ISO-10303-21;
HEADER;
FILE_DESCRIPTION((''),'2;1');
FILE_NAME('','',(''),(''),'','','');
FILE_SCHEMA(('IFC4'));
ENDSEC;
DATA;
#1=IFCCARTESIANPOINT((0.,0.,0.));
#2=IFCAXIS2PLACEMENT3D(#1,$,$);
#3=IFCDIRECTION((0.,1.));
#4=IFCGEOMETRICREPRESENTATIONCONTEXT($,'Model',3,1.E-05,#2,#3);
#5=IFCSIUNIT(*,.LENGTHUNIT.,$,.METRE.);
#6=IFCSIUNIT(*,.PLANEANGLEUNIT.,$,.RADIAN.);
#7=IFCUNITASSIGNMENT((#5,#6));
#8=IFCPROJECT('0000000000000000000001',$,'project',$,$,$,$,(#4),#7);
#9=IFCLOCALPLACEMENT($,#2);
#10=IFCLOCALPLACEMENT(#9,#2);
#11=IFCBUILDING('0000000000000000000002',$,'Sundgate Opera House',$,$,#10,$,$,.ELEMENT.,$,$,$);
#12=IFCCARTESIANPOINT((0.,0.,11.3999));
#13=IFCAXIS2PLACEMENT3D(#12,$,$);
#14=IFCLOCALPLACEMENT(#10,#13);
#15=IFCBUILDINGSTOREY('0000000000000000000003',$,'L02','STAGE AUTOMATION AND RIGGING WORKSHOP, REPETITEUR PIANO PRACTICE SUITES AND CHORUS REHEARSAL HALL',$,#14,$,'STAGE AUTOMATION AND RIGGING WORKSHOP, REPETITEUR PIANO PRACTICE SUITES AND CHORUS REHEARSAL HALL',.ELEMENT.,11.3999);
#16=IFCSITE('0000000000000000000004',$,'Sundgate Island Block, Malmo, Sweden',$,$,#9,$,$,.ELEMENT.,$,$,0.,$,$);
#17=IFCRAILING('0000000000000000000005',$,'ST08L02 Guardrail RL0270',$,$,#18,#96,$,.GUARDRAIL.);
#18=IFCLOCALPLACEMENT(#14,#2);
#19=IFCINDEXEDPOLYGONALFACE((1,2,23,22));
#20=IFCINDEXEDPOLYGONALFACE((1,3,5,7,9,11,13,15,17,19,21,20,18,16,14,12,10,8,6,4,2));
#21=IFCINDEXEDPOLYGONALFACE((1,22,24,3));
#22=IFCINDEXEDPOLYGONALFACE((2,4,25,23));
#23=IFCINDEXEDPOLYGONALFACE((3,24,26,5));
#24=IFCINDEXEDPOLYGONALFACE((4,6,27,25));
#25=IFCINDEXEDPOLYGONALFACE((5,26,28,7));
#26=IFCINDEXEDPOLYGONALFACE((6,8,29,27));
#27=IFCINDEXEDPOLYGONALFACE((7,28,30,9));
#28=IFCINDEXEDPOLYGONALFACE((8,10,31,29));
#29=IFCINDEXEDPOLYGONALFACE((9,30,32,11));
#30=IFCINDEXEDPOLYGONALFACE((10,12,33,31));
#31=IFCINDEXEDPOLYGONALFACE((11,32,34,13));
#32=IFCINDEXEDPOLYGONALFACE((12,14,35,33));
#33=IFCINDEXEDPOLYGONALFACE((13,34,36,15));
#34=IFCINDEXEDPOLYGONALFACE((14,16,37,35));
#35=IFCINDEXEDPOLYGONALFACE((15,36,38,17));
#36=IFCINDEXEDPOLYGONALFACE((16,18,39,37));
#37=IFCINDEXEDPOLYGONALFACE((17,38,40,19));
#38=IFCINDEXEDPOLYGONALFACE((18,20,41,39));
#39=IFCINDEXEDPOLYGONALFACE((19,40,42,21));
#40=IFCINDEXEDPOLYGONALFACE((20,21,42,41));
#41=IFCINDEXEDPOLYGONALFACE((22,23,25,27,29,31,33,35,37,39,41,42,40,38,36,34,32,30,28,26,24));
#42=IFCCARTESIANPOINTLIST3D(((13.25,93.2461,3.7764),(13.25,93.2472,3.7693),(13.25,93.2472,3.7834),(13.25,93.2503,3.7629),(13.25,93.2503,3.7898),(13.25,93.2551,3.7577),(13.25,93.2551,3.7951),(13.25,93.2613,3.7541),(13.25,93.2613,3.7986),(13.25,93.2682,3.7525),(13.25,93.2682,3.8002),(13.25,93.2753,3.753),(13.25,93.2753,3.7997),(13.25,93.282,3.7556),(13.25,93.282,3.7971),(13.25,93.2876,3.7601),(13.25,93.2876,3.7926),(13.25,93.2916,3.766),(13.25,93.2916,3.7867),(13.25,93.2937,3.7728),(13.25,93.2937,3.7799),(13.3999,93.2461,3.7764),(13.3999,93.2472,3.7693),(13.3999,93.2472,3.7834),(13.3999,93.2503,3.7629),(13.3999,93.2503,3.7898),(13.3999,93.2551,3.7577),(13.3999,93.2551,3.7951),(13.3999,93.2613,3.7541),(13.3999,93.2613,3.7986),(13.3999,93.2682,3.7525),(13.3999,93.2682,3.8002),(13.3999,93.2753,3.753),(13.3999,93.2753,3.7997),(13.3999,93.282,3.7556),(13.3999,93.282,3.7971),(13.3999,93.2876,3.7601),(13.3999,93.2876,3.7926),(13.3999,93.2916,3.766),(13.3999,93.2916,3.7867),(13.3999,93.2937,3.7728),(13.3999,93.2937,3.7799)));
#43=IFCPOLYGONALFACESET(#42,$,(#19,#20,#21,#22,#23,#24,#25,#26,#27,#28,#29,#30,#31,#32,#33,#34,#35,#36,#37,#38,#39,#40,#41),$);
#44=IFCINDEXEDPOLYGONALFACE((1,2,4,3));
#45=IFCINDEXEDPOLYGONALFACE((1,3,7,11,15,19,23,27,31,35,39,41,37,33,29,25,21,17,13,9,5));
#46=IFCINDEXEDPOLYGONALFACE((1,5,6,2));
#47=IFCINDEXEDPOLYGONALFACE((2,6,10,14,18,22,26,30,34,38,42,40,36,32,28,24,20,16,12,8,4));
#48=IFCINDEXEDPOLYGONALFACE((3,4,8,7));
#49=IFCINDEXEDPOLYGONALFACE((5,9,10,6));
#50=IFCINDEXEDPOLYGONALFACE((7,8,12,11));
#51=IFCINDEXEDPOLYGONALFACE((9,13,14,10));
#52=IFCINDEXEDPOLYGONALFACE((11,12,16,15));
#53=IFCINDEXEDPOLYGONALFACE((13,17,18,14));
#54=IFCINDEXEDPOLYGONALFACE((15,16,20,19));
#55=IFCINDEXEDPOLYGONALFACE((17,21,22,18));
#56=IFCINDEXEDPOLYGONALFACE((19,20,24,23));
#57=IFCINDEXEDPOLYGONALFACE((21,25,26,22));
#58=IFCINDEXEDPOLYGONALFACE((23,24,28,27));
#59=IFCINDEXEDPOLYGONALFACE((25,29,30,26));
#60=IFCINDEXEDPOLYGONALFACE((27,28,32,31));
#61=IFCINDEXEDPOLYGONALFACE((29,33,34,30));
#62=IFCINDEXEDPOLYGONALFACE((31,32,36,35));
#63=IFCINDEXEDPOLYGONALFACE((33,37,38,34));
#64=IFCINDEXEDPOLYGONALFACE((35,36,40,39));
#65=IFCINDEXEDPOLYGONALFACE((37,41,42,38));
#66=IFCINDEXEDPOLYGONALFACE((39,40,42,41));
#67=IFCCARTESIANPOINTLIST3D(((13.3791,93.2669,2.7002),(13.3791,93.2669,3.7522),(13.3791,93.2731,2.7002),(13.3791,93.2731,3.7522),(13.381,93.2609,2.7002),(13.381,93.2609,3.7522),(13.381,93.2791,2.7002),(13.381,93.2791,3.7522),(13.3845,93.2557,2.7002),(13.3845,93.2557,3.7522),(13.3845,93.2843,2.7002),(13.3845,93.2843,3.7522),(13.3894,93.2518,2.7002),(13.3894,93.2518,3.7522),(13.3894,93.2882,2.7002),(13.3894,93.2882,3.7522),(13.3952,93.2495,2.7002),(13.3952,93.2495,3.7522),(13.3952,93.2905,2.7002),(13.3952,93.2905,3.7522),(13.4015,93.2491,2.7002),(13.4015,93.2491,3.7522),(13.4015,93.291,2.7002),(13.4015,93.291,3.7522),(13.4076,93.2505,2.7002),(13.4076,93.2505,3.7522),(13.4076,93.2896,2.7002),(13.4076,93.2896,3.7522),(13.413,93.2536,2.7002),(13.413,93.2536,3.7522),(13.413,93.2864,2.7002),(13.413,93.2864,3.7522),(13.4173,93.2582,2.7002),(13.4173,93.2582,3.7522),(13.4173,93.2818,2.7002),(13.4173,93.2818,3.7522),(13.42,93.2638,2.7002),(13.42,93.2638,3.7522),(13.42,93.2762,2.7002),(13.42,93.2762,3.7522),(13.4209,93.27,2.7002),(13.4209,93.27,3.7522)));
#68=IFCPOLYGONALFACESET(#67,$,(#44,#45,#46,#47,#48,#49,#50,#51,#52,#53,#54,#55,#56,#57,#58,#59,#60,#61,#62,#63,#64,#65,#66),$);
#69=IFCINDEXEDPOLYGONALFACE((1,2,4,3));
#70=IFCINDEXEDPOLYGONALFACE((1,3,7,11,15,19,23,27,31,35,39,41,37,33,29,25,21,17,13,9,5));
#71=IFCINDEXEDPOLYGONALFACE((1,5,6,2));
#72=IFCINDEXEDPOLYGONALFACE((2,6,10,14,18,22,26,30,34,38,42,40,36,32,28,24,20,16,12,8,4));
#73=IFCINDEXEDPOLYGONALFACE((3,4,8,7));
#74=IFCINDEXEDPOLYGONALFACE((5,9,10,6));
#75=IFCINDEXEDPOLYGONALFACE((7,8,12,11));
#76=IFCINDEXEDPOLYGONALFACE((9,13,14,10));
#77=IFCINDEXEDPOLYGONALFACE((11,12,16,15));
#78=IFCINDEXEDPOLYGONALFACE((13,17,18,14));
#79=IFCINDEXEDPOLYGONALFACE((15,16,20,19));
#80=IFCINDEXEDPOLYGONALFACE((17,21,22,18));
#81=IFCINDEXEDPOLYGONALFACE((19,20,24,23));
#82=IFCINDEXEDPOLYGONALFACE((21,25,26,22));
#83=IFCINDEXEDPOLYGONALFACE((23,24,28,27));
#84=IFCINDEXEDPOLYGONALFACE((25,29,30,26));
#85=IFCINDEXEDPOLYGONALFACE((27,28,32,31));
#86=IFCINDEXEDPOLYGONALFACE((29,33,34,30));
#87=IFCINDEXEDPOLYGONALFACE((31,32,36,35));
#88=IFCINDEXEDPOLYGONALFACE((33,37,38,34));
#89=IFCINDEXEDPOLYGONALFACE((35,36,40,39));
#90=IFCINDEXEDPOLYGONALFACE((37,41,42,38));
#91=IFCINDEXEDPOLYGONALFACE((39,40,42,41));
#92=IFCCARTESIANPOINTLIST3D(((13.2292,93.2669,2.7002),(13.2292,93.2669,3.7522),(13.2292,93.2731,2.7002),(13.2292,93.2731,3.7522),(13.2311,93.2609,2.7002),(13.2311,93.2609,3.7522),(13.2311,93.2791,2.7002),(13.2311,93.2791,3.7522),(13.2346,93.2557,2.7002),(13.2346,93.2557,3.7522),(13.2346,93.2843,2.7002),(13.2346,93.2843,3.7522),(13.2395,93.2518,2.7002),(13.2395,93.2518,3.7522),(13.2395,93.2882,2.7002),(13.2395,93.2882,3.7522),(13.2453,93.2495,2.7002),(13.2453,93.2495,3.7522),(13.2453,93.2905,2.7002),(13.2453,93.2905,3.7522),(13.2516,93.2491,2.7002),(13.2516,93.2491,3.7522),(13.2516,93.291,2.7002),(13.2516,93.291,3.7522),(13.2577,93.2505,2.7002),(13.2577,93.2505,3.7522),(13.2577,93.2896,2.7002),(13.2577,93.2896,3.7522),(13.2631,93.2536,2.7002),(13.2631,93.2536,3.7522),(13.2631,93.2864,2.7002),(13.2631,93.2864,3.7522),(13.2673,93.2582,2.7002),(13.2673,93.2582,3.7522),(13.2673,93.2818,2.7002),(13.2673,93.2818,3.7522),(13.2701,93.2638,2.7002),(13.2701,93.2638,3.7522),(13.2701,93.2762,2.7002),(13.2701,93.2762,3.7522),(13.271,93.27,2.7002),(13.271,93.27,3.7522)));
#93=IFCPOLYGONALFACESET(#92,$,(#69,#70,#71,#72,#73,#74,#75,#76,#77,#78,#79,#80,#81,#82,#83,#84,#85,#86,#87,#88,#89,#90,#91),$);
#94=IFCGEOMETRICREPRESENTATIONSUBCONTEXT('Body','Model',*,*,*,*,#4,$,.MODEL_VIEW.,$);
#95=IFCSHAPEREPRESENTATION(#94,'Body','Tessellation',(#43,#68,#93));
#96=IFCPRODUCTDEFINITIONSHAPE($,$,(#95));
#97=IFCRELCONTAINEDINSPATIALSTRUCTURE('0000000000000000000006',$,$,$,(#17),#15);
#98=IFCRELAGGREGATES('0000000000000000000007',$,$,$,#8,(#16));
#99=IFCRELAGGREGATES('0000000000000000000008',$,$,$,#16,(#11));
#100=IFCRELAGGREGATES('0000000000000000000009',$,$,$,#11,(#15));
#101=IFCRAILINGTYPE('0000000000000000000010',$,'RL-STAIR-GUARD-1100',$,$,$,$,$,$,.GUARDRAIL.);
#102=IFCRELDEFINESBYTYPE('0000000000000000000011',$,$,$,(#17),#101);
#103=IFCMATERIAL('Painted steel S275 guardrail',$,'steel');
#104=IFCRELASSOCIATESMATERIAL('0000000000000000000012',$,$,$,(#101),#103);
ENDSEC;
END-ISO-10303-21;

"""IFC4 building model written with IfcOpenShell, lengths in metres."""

from ifc_helpers import new_model, si_unit, direction, frame, origin, origin_2d, place, context, subcontext, project, spatial, circle, extrude, material, type_object, element, save


model = new_model("IFC4")

# Units and contexts
model_context = context("Model", 3, precision=1e-05, world=origin(), true_north=direction((0.0, 1.0)))
body_context = subcontext(model_context, "Body", "Model", "MODEL_VIEW")
ifc_project = project(units=[si_unit("LENGTHUNIT", "METRE"), si_unit("PLANEANGLEUNIT", "RADIAN")], contexts=[model_context])

# Site, building, storey
site_placement = place(None, origin())
site = spatial("IfcSite", under=ifc_project, at=site_placement, Name="Sundgate Island Block, Malmo, Sweden", CompositionType="ELEMENT", RefElevation=0.0)
building_placement = place(site_placement, origin())
building = spatial("IfcBuilding", under=site, at=building_placement, Name="Sundgate Opera House", CompositionType="ELEMENT")
storey_placement = place(building_placement, frame((0.0, 0.0, 11.3999)))
storey = spatial("IfcBuildingStorey", under=building, at=storey_placement, Name="L02", Description="STAGE AUTOMATION AND RIGGING WORKSHOP, REPETITEUR PIANO PRACTICE SUITES AND CHORUS REHEARSAL HALL", LongName="STAGE AUTOMATION AND RIGGING WORKSHOP, REPETITEUR PIANO PRACTICE SUITES AND CHORUS REHEARSAL HALL", CompositionType="ELEMENT", Elevation=11.3999)

# Railing
ifc_material_1 = material(Name="Painted steel S275 guardrail", Category="steel")
railing_type = type_object("IfcRailingType", Name="RL-STAIR-GUARD-1100", PredefinedType="GUARDRAIL", material=ifc_material_1)
railing_1_placement = place(storey_placement, frame((13.3999, 93.27, 2.7002)))
element("IfcRailing", 1, at=railing_1_placement, inside=storey, type_object=railing_type, Name="ST08L02 Guardrail RL0270", PredefinedType="GUARDRAIL", context=body_context, shape_type="SweptSolid", body=[
    extrude(circle(Radius=0.0239, at=origin_2d()), frame((0.0, 0.0, 1.0762), z_axis=(-1.0, 0.0, 0.0), x_axis=(0.0, -1.0, 0.0)), (0.0, 0.0, 1.0), 0.1499),
    extrude(circle(Radius=0.021, at=origin_2d()), origin(), (0.0, 0.0, 1.0), 1.052),
    extrude(circle(Radius=0.021, at=origin_2d()), frame((-0.1499, 0.0, 0.0)), (0.0, 0.0, 1.0), 1.052),
])

save(model, "model.ifc")
